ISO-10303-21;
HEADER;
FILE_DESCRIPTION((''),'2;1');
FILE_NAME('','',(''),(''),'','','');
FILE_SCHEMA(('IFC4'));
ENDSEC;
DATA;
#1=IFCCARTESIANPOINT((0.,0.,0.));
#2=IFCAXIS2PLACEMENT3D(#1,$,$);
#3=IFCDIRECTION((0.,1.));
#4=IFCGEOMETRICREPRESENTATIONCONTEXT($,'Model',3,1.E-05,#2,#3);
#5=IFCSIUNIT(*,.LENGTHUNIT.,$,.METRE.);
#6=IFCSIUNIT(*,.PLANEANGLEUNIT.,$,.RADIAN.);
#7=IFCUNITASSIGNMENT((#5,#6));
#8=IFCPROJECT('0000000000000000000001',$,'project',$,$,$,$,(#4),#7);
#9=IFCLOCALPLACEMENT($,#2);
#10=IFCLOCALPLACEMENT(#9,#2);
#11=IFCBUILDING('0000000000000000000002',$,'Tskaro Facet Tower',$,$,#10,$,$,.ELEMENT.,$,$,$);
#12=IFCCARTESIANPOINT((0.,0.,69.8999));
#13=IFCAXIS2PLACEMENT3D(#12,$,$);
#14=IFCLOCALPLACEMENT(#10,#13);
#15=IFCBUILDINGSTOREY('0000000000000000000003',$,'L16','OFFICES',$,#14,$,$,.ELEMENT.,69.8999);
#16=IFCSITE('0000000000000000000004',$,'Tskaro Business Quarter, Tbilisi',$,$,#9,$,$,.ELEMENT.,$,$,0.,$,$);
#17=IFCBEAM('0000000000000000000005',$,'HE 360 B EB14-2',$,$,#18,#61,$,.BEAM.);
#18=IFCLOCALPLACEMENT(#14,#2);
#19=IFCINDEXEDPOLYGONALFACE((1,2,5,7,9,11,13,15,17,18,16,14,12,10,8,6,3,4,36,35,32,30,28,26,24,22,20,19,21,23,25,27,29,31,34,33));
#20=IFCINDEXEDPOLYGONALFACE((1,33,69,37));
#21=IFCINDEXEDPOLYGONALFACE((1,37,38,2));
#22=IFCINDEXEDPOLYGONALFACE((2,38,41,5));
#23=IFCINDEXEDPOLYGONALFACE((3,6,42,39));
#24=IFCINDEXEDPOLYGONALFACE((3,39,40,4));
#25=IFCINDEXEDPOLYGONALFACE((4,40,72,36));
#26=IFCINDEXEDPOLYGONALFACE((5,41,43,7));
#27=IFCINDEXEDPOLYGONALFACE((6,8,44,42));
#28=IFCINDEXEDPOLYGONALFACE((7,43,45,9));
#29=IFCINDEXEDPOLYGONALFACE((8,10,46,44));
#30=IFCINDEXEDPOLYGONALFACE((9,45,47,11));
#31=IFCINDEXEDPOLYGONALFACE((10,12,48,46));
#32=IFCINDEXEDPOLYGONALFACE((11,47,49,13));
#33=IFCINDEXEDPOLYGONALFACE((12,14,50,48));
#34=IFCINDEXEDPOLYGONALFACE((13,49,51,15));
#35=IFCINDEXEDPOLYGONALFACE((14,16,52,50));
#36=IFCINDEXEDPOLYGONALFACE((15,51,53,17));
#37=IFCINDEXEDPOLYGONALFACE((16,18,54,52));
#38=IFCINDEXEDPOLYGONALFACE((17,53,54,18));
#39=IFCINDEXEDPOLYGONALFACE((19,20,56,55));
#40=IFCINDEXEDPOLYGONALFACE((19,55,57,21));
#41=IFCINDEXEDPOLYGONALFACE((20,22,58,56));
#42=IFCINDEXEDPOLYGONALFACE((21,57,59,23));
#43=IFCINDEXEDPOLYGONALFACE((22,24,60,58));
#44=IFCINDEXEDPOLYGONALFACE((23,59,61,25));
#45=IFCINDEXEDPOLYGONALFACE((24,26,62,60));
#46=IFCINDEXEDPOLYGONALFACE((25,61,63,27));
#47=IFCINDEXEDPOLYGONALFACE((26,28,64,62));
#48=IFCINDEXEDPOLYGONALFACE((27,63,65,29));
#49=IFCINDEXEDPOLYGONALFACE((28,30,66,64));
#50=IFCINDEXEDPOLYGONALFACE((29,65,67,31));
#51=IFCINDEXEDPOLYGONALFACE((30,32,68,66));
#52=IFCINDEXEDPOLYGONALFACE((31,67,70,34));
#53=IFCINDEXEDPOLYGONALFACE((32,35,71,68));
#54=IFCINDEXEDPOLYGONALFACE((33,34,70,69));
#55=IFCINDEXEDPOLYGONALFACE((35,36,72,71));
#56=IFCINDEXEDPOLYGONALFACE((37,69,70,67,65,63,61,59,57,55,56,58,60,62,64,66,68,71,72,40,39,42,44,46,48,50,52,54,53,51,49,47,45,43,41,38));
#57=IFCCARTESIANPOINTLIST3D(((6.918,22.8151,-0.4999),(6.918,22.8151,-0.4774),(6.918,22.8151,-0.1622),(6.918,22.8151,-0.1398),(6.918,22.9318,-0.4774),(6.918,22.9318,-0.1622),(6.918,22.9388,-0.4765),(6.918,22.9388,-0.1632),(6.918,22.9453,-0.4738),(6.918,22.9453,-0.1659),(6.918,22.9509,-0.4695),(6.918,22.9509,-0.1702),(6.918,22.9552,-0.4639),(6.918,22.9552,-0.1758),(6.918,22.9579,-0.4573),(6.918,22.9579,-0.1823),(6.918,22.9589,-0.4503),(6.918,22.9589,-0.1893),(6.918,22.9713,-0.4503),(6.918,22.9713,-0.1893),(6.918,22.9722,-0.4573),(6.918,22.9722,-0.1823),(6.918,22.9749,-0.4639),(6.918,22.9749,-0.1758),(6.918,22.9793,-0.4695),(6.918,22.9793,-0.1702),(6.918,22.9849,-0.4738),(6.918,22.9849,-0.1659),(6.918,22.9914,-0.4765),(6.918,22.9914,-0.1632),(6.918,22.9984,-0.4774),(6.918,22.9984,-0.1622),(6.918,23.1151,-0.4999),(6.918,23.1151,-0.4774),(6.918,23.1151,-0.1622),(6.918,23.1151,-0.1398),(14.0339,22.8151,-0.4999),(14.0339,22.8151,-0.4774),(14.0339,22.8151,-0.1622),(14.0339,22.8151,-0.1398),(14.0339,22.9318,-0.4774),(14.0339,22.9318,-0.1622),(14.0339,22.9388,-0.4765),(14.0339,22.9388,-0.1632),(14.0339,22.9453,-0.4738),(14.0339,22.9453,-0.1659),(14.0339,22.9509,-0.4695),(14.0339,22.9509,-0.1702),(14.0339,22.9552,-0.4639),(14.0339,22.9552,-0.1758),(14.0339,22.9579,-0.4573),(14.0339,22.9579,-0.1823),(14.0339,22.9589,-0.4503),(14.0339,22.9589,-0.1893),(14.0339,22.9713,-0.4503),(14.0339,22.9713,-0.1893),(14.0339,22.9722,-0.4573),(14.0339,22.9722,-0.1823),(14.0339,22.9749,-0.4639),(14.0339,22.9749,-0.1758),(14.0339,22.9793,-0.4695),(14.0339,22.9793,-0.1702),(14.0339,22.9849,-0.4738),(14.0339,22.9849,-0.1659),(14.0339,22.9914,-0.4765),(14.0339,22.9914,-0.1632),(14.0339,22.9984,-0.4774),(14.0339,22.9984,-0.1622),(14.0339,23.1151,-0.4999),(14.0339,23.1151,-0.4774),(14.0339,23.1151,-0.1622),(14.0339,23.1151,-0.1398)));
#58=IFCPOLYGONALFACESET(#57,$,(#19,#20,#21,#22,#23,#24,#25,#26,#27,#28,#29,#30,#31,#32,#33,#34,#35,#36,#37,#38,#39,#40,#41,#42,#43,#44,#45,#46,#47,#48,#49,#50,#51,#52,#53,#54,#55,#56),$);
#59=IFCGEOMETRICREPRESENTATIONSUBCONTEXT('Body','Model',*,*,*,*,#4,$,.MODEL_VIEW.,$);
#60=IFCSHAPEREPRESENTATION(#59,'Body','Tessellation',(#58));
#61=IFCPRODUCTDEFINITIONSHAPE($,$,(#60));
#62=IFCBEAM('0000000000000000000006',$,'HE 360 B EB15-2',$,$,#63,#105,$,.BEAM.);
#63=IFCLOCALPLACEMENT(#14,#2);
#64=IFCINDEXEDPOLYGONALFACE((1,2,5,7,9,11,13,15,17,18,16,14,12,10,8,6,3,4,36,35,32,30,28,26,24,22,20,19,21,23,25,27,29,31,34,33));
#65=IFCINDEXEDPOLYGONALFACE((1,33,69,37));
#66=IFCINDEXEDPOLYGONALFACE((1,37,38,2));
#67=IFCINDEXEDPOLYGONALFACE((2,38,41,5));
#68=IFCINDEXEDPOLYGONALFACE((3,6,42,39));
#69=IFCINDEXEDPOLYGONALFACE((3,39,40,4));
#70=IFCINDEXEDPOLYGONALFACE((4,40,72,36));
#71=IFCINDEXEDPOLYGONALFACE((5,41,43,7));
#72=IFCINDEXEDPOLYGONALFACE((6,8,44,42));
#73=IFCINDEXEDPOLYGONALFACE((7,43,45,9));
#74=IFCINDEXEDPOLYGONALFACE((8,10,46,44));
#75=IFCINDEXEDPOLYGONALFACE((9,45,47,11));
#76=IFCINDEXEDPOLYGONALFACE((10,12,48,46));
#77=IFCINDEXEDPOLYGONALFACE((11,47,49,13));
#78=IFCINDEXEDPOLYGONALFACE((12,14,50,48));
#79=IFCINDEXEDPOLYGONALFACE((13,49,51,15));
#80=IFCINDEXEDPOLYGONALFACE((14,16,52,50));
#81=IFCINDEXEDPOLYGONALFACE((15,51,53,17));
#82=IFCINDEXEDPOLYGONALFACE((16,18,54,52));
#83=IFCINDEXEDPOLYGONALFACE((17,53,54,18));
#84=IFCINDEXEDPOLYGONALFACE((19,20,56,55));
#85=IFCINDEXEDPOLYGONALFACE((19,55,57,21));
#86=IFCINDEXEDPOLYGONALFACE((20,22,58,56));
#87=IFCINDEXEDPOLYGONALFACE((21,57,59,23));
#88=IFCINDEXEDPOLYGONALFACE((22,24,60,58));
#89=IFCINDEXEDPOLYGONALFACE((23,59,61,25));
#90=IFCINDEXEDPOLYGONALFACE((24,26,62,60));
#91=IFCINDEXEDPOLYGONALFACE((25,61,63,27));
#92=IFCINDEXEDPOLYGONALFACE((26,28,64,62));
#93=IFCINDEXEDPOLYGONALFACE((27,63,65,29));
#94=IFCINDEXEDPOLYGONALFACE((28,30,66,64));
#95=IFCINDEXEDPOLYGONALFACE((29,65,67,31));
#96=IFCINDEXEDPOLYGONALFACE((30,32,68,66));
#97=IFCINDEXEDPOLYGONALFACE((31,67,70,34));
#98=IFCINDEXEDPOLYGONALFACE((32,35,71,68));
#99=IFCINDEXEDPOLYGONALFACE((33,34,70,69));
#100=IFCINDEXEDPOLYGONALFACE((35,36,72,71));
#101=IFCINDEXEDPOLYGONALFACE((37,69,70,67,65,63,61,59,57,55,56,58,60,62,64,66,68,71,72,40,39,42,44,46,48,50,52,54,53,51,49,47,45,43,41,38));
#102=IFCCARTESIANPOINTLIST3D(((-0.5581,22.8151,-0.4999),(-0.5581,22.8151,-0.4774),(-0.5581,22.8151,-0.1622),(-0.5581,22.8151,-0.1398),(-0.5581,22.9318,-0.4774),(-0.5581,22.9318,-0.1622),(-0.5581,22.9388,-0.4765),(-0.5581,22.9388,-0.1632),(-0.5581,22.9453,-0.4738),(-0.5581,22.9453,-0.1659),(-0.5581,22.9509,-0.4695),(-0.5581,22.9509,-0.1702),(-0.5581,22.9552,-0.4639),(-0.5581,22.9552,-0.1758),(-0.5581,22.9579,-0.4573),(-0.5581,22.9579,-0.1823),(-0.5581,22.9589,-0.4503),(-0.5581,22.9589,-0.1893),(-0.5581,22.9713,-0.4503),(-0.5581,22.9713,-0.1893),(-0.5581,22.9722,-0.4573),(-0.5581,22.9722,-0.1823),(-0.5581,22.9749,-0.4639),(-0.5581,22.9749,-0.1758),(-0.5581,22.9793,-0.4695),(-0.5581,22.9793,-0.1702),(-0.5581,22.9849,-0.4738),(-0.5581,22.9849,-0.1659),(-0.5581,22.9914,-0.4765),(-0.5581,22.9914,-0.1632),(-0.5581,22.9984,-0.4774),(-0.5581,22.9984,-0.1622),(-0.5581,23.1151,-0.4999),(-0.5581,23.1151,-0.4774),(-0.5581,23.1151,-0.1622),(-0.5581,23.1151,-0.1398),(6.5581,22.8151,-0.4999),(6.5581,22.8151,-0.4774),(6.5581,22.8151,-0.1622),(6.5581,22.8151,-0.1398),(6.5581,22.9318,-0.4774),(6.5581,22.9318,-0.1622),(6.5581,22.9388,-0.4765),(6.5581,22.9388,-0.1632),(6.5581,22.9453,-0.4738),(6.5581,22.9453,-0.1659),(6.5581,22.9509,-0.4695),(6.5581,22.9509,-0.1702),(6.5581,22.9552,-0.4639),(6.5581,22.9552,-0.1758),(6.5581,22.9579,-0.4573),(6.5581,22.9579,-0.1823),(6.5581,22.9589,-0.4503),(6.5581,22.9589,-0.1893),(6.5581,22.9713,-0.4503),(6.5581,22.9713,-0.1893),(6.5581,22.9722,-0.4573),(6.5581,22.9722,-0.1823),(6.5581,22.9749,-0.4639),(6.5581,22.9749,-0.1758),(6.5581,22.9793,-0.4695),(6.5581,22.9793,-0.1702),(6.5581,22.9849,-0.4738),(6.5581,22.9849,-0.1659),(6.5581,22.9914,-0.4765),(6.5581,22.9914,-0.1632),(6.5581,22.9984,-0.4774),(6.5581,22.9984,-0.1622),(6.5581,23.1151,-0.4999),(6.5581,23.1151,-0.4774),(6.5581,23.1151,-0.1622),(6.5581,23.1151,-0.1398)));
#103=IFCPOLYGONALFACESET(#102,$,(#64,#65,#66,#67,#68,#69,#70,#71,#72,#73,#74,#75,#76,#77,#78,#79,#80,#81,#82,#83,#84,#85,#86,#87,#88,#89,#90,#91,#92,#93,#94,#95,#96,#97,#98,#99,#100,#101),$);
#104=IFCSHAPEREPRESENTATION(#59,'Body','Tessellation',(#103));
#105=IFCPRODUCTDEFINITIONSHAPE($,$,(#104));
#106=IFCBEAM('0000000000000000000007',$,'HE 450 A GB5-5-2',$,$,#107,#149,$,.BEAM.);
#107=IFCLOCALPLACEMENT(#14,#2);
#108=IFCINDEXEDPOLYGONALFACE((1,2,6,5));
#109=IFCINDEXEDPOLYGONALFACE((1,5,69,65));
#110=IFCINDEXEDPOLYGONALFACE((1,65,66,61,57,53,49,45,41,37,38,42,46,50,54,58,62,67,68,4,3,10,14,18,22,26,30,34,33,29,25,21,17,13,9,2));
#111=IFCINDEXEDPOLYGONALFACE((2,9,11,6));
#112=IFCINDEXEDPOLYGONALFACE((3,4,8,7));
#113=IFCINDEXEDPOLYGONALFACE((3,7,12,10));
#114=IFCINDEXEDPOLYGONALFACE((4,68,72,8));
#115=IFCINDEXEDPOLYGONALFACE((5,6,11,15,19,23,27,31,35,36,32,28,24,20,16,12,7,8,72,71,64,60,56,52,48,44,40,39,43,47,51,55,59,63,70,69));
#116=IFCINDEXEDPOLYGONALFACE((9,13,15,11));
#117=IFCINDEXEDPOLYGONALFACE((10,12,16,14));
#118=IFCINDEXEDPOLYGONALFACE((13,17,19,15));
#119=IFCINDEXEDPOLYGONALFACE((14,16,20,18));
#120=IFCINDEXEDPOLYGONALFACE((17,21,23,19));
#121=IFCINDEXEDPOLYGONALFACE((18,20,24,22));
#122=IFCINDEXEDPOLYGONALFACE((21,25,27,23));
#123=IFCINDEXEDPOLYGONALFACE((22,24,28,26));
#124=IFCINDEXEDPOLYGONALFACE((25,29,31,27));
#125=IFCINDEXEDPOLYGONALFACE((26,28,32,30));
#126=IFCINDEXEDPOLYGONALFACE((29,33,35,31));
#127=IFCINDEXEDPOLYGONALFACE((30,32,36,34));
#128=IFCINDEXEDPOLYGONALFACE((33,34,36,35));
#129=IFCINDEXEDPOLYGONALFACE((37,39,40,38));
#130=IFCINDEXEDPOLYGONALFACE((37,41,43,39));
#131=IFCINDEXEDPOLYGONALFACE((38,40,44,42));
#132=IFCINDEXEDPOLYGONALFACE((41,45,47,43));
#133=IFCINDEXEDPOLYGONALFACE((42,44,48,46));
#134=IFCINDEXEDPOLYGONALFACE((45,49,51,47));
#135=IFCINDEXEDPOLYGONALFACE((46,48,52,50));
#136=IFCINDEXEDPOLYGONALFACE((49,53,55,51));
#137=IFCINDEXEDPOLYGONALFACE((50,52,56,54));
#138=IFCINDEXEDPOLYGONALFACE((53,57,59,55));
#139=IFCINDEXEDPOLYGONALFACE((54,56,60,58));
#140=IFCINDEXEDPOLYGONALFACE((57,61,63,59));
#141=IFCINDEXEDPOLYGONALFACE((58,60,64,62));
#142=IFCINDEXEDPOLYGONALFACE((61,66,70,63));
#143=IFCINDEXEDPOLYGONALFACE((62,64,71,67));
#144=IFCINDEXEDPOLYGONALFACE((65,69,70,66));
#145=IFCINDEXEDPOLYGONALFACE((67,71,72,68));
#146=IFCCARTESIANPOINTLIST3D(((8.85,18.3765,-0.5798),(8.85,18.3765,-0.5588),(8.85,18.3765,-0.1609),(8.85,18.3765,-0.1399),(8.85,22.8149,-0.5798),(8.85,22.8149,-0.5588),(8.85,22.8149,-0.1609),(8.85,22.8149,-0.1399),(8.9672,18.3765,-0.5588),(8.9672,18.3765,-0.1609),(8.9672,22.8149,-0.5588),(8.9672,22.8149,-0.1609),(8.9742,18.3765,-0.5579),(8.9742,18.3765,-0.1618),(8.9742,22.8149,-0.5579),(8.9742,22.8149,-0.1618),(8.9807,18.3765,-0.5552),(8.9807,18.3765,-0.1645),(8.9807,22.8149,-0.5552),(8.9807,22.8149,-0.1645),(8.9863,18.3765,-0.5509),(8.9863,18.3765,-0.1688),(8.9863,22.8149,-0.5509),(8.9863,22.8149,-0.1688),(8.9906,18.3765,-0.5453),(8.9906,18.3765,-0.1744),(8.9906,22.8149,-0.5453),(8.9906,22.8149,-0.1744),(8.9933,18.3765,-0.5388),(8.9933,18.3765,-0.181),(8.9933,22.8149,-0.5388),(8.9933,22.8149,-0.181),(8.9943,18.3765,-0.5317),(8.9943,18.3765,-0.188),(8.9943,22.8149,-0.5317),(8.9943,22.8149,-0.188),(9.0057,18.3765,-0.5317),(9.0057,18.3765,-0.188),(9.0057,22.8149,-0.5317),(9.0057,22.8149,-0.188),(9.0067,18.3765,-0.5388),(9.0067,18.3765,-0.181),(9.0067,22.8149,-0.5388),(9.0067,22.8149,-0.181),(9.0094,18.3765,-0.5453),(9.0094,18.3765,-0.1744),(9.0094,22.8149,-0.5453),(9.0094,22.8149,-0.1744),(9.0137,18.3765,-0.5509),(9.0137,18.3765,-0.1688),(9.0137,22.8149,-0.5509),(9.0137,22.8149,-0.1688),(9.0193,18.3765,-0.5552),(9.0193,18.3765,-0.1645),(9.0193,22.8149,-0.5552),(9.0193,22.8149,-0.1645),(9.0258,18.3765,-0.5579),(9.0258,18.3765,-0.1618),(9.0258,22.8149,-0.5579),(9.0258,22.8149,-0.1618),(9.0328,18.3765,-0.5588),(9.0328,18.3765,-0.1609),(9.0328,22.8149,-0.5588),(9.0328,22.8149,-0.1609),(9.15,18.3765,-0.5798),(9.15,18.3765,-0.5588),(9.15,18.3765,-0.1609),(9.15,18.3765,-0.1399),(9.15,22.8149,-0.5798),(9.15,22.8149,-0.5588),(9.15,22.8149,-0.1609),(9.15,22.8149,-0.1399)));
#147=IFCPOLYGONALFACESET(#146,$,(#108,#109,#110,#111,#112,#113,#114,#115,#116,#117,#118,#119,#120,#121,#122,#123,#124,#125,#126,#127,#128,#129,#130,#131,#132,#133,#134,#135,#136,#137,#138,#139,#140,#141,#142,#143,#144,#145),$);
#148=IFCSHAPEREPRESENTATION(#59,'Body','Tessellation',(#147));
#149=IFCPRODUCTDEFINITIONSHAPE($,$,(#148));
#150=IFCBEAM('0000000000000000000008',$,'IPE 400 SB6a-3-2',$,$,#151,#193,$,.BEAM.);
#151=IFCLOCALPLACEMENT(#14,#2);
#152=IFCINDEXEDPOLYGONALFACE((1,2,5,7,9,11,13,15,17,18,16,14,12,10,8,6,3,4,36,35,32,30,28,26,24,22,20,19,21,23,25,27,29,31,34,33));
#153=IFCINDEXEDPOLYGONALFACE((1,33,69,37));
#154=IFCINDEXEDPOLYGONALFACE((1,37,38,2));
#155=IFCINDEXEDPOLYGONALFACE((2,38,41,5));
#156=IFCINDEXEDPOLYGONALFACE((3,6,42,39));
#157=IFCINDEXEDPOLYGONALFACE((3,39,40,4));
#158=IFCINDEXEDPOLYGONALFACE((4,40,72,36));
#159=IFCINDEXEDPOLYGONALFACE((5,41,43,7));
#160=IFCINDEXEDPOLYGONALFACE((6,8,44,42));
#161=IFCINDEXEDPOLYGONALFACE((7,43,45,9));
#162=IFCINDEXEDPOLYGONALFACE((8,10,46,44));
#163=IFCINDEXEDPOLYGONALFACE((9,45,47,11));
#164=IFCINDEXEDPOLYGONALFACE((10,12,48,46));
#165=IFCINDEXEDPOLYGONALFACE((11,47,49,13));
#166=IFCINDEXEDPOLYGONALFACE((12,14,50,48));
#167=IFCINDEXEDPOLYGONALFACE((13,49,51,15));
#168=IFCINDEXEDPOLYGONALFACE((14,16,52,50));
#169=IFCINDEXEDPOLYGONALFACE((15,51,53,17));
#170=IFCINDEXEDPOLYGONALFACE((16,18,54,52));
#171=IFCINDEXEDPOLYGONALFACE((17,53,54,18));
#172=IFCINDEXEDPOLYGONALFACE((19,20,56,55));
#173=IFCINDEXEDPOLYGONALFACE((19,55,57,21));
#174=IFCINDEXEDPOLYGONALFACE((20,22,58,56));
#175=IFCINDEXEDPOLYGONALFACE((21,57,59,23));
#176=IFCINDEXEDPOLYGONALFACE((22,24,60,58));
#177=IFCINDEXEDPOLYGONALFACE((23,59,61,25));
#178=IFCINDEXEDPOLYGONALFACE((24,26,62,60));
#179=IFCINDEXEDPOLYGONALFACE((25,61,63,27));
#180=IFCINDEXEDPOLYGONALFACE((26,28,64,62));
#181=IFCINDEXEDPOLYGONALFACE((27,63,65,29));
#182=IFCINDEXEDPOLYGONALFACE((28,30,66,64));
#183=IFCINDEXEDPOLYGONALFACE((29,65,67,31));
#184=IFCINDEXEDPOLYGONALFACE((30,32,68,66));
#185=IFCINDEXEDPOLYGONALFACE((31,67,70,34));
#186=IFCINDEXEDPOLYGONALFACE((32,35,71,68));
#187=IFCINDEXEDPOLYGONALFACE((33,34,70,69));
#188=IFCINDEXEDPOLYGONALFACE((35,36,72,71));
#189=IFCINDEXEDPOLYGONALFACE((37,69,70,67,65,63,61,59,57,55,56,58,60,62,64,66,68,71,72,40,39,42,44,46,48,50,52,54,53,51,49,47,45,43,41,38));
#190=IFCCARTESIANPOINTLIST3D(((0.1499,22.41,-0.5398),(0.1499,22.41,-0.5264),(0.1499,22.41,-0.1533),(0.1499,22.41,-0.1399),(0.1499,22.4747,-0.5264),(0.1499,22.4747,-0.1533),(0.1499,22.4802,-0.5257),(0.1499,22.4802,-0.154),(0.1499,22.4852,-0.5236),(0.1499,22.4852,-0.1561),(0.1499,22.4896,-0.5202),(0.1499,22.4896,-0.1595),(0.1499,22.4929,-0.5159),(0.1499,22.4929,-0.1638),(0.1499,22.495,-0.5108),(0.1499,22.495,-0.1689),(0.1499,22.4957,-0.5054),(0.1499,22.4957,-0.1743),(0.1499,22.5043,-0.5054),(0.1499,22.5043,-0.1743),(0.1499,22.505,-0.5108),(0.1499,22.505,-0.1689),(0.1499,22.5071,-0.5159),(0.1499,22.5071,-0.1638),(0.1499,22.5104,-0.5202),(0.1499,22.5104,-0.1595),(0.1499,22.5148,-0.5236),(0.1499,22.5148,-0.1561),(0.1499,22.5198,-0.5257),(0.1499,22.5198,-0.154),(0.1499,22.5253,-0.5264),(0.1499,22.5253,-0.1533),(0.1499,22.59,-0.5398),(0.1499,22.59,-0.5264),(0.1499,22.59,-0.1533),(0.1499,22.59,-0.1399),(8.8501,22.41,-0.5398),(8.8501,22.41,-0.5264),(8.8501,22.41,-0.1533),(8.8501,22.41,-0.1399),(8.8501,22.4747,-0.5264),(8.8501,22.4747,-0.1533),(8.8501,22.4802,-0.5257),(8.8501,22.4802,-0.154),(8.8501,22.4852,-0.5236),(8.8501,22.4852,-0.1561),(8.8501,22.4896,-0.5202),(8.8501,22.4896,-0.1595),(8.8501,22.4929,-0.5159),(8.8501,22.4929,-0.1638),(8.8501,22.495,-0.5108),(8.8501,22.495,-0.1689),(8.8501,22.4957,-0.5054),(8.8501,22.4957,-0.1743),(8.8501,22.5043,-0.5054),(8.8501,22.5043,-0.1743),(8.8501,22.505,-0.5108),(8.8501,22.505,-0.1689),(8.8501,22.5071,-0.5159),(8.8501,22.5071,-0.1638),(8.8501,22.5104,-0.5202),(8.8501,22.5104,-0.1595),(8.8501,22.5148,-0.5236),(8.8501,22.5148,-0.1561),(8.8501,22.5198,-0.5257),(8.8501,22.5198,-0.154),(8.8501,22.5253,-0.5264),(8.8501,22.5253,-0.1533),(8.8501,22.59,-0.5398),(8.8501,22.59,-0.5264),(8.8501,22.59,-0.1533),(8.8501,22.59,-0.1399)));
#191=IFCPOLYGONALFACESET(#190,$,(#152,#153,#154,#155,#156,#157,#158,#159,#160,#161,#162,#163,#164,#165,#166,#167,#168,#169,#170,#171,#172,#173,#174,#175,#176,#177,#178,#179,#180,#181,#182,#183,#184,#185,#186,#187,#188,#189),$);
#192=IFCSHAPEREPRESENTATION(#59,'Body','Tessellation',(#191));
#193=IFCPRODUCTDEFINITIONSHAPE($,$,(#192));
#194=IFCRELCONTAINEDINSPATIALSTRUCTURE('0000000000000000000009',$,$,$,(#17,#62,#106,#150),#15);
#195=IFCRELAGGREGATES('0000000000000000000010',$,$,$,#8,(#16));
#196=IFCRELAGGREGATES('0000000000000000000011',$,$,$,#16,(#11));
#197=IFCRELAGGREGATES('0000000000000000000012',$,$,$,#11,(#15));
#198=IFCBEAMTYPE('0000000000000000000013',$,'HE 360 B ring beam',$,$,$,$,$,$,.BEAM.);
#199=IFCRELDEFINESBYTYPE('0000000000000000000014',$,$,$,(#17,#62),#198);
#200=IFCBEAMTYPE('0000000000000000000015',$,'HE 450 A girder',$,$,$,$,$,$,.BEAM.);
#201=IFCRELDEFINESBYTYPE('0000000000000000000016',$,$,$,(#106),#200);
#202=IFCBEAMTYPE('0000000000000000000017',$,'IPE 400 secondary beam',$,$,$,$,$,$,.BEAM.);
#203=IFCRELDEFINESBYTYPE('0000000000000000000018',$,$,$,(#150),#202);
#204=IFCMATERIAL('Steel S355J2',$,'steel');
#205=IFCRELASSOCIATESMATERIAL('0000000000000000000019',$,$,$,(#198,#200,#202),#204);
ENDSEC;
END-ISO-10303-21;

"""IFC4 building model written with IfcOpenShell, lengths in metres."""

from ifc_helpers import new_model, si_unit, direction, frame, origin, origin_2d, place, context, subcontext, project, spatial, i_section, extrude, material, material_profile, profile_set, type_object, element, save


model = new_model("IFC4")

# Units and contexts
model_context = context("Model", 3, precision=1e-05, world=origin(), true_north=direction((0.0, 1.0)))
body_context = subcontext(model_context, "Body", "Model", "MODEL_VIEW")
ifc_project = project(units=[si_unit("LENGTHUNIT", "METRE"), si_unit("PLANEANGLEUNIT", "RADIAN")], contexts=[model_context])

# Site, building, storey
site_placement = place(None, origin())
site = spatial("IfcSite", under=ifc_project, at=site_placement, Name="Tskaro Business Quarter, Tbilisi", CompositionType="ELEMENT", RefElevation=0.0)
building_placement = place(site_placement, origin())
building = spatial("IfcBuilding", under=site, at=building_placement, Name="Tskaro Facet Tower", CompositionType="ELEMENT")
storey_placement = place(building_placement, frame((0.0, 0.0, 69.8999)))
storey = spatial("IfcBuildingStorey", under=building, at=storey_placement, Name="L16", Description="OFFICES", CompositionType="ELEMENT", Elevation=69.8999)

# Beams
ifc_material_1 = material(Name="Steel S355J2", Category="steel")
ifc_material_profile_1 = material_profile(ifc_material_1, i_section(OverallWidth=0.3, OverallDepth=0.3601, WebThickness=0.0125, FlangeThickness=0.0225, FilletRadius=0.0271, at=origin_2d()), Name="HE 360 B")
ifc_profile_set_1 = profile_set([ifc_material_profile_1], Name="Steel S355J2")
beam_type_1 = type_object("IfcBeamType", Name="HE 360 B ring beam", PredefinedType="BEAM", material=ifc_profile_set_1)
beam_1_placement = place(storey_placement, frame((14.0339, 22.9651, -0.3198), z_axis=(-1.0, 0.0, 0.0), x_axis=(0.0, -1.0, 0.0)))
element("IfcBeam", 1, at=beam_1_placement, inside=storey, type_object=beam_type_1, Name="HE 360 B EB14-2", PredefinedType="BEAM", context=body_context, shape_type="SweptSolid", body=[
    extrude(i_section(OverallWidth=0.3, OverallDepth=0.3601, WebThickness=0.0125, FlangeThickness=0.0225, FilletRadius=0.0271, at=origin_2d()), origin(), (0.0, 0.0, 1.0), 7.116),
])
beam_2_placement = place(storey_placement, frame((6.5581, 22.9651, -0.3198), z_axis=(-1.0, 0.0, 0.0), x_axis=(0.0, -1.0, 0.0)))
element("IfcBeam", 2, at=beam_2_placement, inside=storey, type_object=beam_type_1, Name="HE 360 B EB15-2", PredefinedType="BEAM", context=body_context, shape_type="SweptSolid", body=[
    extrude(i_section(OverallWidth=0.3, OverallDepth=0.3601, WebThickness=0.0125, FlangeThickness=0.0225, FilletRadius=0.0271, at=origin_2d()), origin(), (0.0, 0.0, 1.0), 7.1162),
])
ifc_material_profile_2 = material_profile(ifc_material_1, i_section(OverallWidth=0.3, OverallDepth=0.4399, WebThickness=0.0115, FlangeThickness=0.021, FilletRadius=0.0271, at=origin_2d()), Name="HE 450 A")
ifc_profile_set_2 = profile_set([ifc_material_profile_2], Name="Steel S355J2")
beam_type_2 = type_object("IfcBeamType", Name="HE 450 A girder", PredefinedType="BEAM", material=ifc_profile_set_2)
beam_3_placement = place(storey_placement, frame((9.0, 18.3765, -0.3599), z_axis=(0.0, 1.0, 0.0), x_axis=(-1.0, 0.0, 0.0)))
element("IfcBeam", 3, at=beam_3_placement, inside=storey, type_object=beam_type_2, Name="HE 450 A GB5-5-2", PredefinedType="BEAM", context=body_context, shape_type="SweptSolid", body=[
    extrude(i_section(OverallWidth=0.3, OverallDepth=0.4399, WebThickness=0.0115, FlangeThickness=0.021, FilletRadius=0.0271, at=origin_2d()), origin(), (0.0, 0.0, 1.0), 4.4385),
])
ifc_material_profile_3 = material_profile(ifc_material_1, i_section(OverallWidth=0.1799, OverallDepth=0.3999, WebThickness=0.0085, FlangeThickness=0.0134, FilletRadius=0.021, at=origin_2d()), Name="IPE 400")
ifc_profile_set_3 = profile_set([ifc_material_profile_3], Name="Steel S355J2")
beam_type_3 = type_object("IfcBeamType", Name="IPE 400 secondary beam", PredefinedType="BEAM", material=ifc_profile_set_3)
for number, where, z_axis, x_axis, name in (
    (4, (0.1499, 22.5, -0.3398), (1.0, 0.0, 0.0), (0.0, 1.0, 0.0), "IPE 400 SB6a-3-2"),
):
    element("IfcBeam", number, at=place(storey_placement, frame(where, z_axis=z_axis, x_axis=x_axis)), inside=storey, type_object=beam_type_3, Name=name, PredefinedType="BEAM", context=body_context, shape_type="SweptSolid", body=[
        extrude(i_section(OverallWidth=0.1799, OverallDepth=0.3999, WebThickness=0.0085, FlangeThickness=0.0134, FilletRadius=0.021, at=origin_2d()), origin(), (0.0, 0.0, 1.0), 8.7002),
    ])

save(model, "model.ifc")
